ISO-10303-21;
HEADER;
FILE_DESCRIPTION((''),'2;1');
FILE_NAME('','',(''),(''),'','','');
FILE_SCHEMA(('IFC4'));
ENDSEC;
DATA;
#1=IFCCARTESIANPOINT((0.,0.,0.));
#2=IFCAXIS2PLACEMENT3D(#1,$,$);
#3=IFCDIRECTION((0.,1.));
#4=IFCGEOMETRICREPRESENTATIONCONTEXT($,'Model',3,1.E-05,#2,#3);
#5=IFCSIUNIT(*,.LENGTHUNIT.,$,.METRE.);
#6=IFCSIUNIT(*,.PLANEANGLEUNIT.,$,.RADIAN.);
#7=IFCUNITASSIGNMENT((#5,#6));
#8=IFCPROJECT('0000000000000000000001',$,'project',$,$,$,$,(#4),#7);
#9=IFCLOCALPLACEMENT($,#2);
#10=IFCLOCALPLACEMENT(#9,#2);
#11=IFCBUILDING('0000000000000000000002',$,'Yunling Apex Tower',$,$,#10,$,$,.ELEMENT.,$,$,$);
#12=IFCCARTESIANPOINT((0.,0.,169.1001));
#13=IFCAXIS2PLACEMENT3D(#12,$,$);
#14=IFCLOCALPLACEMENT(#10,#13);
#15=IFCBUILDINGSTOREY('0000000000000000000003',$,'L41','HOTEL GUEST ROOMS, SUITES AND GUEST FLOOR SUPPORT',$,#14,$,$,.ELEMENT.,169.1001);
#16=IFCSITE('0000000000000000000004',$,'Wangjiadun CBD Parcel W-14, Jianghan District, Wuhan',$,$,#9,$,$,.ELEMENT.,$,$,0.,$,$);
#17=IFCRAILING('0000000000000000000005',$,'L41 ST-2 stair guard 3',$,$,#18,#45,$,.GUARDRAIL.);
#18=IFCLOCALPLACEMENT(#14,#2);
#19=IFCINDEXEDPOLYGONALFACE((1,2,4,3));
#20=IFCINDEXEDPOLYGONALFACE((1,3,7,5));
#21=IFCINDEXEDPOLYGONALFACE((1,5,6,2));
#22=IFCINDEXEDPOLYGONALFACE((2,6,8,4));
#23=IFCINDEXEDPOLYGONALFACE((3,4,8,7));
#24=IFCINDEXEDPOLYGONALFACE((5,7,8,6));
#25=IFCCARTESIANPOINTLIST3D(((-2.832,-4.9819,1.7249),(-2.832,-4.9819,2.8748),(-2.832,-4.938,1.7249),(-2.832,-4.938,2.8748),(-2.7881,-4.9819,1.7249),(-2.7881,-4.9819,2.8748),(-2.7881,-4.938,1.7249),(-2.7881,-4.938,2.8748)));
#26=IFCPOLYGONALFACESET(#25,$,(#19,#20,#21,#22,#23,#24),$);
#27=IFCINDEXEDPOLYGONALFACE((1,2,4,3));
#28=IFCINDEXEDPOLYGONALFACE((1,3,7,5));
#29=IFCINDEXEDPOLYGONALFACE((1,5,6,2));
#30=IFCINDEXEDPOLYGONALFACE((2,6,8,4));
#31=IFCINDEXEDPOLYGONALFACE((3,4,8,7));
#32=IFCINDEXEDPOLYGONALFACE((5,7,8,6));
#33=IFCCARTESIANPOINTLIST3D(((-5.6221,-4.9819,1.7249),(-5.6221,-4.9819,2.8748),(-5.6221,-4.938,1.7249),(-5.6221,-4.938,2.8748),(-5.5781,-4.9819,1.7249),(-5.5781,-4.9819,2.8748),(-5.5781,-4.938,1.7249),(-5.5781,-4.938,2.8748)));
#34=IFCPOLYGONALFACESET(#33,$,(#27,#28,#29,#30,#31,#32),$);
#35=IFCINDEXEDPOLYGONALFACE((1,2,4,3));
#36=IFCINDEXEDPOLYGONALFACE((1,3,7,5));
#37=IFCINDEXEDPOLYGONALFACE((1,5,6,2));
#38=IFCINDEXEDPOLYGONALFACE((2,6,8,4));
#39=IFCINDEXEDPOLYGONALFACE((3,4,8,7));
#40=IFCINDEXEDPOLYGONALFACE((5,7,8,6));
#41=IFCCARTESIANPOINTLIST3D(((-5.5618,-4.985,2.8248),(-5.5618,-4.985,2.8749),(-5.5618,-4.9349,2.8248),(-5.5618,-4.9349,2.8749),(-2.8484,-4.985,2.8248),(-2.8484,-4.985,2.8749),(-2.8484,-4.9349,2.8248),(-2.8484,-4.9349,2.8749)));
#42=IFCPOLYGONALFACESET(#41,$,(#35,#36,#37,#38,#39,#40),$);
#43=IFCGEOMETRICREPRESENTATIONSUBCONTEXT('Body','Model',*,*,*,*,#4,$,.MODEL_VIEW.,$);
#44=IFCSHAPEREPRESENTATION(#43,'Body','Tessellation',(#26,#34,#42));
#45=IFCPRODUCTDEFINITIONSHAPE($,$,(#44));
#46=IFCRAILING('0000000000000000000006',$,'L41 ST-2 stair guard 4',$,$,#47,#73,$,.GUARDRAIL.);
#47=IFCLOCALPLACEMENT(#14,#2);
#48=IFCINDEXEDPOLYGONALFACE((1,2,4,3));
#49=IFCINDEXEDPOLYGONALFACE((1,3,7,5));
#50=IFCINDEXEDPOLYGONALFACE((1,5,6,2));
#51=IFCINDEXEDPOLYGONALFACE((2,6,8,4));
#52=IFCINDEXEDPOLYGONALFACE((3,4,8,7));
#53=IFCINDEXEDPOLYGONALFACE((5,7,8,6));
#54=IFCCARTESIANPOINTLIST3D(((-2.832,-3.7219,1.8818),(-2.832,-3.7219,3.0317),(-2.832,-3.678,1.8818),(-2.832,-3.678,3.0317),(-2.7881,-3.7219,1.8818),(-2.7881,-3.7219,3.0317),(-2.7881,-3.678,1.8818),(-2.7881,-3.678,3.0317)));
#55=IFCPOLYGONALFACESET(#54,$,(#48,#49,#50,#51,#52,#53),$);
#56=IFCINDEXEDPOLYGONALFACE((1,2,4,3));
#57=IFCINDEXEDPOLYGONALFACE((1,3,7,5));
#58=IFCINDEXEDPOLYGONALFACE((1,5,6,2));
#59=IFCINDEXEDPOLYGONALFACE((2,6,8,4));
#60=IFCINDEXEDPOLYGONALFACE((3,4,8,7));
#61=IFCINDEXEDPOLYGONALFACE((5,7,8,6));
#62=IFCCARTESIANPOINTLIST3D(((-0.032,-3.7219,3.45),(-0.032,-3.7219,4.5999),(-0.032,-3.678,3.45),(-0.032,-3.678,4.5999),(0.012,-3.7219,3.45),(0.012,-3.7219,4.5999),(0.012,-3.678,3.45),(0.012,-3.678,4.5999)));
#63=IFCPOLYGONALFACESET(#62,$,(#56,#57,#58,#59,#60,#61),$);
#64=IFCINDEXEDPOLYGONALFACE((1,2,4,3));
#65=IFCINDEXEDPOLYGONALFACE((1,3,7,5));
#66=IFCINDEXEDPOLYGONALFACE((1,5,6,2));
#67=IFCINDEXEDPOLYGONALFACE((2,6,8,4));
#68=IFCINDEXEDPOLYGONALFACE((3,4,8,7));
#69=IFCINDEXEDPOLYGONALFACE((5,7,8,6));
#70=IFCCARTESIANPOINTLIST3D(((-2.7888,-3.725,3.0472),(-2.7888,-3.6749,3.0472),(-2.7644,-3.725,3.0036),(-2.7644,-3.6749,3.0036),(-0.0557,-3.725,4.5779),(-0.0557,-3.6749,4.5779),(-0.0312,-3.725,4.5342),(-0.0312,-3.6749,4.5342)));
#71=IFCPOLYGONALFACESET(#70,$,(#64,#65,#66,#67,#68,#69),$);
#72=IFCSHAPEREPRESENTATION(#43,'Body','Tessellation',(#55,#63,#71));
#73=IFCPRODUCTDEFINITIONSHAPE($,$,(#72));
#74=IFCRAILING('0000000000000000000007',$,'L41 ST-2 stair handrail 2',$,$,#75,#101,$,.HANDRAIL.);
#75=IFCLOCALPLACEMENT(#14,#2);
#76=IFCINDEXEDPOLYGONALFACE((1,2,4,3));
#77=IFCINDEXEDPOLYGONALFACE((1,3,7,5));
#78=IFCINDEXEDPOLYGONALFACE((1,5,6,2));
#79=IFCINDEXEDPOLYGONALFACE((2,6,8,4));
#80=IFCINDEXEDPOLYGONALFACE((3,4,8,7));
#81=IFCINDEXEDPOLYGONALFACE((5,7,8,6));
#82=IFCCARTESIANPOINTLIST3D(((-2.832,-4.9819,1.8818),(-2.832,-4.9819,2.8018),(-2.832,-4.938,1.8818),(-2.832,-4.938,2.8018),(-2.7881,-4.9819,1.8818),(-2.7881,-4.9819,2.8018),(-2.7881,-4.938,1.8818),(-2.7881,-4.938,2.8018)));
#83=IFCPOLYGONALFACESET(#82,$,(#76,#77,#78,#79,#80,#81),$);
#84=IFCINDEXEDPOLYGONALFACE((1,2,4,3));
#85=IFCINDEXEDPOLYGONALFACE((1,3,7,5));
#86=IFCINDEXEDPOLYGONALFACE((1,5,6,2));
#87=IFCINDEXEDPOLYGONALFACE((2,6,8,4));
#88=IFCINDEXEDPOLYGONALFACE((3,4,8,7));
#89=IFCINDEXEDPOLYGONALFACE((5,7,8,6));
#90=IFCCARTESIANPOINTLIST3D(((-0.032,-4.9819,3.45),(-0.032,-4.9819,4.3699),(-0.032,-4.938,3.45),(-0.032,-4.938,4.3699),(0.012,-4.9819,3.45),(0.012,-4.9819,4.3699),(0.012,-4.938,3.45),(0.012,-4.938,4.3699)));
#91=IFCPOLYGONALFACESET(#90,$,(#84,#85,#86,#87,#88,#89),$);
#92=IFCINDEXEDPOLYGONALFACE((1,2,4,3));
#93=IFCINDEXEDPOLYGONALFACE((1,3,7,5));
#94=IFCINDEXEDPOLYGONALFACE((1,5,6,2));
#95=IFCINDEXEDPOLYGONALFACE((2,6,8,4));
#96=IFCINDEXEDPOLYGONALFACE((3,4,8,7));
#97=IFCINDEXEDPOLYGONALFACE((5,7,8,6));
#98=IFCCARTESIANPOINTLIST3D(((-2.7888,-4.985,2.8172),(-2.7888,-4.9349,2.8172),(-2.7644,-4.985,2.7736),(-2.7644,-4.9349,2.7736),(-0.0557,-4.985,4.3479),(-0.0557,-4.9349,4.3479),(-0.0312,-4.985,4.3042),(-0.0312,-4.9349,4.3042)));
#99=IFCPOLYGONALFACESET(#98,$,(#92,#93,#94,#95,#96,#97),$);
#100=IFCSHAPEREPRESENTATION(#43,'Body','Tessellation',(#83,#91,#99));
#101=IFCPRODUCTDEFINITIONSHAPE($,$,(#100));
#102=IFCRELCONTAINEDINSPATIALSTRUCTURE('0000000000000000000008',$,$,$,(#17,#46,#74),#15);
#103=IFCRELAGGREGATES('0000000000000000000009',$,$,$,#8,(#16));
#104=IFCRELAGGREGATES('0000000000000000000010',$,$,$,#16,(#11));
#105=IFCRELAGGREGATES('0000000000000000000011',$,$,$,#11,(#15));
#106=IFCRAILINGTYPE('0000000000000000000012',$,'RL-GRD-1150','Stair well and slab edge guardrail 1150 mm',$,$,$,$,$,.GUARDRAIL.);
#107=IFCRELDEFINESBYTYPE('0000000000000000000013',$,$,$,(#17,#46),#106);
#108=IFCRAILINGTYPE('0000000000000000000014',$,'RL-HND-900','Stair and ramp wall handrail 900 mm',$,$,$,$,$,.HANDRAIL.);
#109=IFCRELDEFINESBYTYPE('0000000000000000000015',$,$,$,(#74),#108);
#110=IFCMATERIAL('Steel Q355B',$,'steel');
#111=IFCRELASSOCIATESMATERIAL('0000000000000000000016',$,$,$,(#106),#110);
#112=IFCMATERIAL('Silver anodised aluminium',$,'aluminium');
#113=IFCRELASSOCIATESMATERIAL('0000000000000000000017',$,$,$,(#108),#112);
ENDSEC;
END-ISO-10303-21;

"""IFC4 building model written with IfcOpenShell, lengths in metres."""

from ifc_helpers import new_model, si_unit, direction, frame, origin, origin_2d, place, context, subcontext, project, spatial, rectangle, extrude, material, type_object, element, save


model = new_model("IFC4")

# Units and contexts
model_context = context("Model", 3, precision=1e-05, world=origin(), true_north=direction((0.0, 1.0)))
body_context = subcontext(model_context, "Body", "Model", "MODEL_VIEW")
ifc_project = project(units=[si_unit("LENGTHUNIT", "METRE"), si_unit("PLANEANGLEUNIT", "RADIAN")], contexts=[model_context])

# Site, building, storey
site_placement = place(None, origin())
site = spatial("IfcSite", under=ifc_project, at=site_placement, Name="Wangjiadun CBD Parcel W-14, Jianghan District, Wuhan", CompositionType="ELEMENT", RefElevation=0.0)
building_placement = place(site_placement, origin())
building = spatial("IfcBuilding", under=site, at=building_placement, Name="Yunling Apex Tower", CompositionType="ELEMENT")
storey_placement = place(building_placement, frame((0.0, 0.0, 169.1001)))
storey = spatial("IfcBuildingStorey", under=building, at=storey_placement, Name="L41", Description="HOTEL GUEST ROOMS, SUITES AND GUEST FLOOR SUPPORT", CompositionType="ELEMENT", Elevation=169.1001)

# Shared definitions
ifc_material_1 = material(Name="Steel Q355B", Category="steel")

# Shared definitions
ifc_material_2 = material(Name="Silver anodised aluminium", Category="aluminium")

# Railings
railing_type_1 = type_object("IfcRailingType", Name="RL-GRD-1150", Description="Stair well and slab edge guardrail 1150 mm", PredefinedType="GUARDRAIL", material=ifc_material_1)
railing_1_placement = place(storey_placement, frame((-2.8101, -4.96, 1.7249)))
element("IfcRailing", 1, at=railing_1_placement, inside=storey, type_object=railing_type_1, Name="L41 ST-2 stair guard 3", PredefinedType="GUARDRAIL", context=body_context, shape_type="SweptSolid", body=[
    extrude(rectangle(XDim=0.0439, YDim=0.0439, at=origin_2d()), origin(), (0.0, 0.0, 1.0), 1.1499),
    extrude(rectangle(XDim=0.0439, YDim=0.0439, at=origin_2d()), frame((-2.79, 0.0, 0.0)), (0.0, 0.0, 1.0), 1.1499),
    extrude(rectangle(XDim=0.05, YDim=0.05, at=origin_2d()), frame((-0.0383, 0.0, 1.125), z_axis=(-1.0, 0.0, 0.0), x_axis=(0.0, -1.0, 0.0)), (0.0, 0.0, 1.0), 2.7134),
])
railing_2_placement = place(storey_placement, frame((-2.8101, -3.7, 1.8818)))
element("IfcRailing", 2, at=railing_2_placement, inside=storey, type_object=railing_type_1, Name="L41 ST-2 stair guard 4", PredefinedType="GUARDRAIL", context=body_context, shape_type="SweptSolid", body=[
    extrude(rectangle(XDim=0.0439, YDim=0.0439, at=origin_2d()), origin(), (0.0, 0.0, 1.0), 1.1499),
    extrude(rectangle(XDim=0.0439, YDim=0.0439, at=origin_2d()), frame((2.8, 0.0, 1.5681)), (0.0, 0.0, 1.0), 1.1499),
    extrude(rectangle(XDim=0.05, YDim=0.05, at=origin_2d()), frame((0.0334, 0.0, 1.1436), z_axis=(0.872494, 0.0, 0.488624), x_axis=(0.0, 1.0, 0.0)), (0.0, 0.0, 1.0), 3.1326),
])
railing_type_2 = type_object("IfcRailingType", Name="RL-HND-900", Description="Stair and ramp wall handrail 900 mm", PredefinedType="HANDRAIL", material=ifc_material_2)
railing_3_placement = place(storey_placement, frame((-2.8101, -4.96, 1.8818)))
element("IfcRailing", 3, at=railing_3_placement, inside=storey, type_object=railing_type_2, Name="L41 ST-2 stair handrail 2", PredefinedType="HANDRAIL", context=body_context, shape_type="SweptSolid", body=[
    extrude(rectangle(XDim=0.0439, YDim=0.0439, at=origin_2d()), origin(), (0.0, 0.0, 1.0), 0.9199),
    extrude(rectangle(XDim=0.0439, YDim=0.0439, at=origin_2d()), frame((2.8, 0.0, 1.5681)), (0.0, 0.0, 1.0), 0.9199),
    extrude(rectangle(XDim=0.05, YDim=0.05, at=origin_2d()), frame((0.0334, 0.0, 0.9136), z_axis=(0.872494, 0.0, 0.488624), x_axis=(0.0, 1.0, 0.0)), (0.0, 0.0, 1.0), 3.1326),
])

save(model, "model.ifc")
